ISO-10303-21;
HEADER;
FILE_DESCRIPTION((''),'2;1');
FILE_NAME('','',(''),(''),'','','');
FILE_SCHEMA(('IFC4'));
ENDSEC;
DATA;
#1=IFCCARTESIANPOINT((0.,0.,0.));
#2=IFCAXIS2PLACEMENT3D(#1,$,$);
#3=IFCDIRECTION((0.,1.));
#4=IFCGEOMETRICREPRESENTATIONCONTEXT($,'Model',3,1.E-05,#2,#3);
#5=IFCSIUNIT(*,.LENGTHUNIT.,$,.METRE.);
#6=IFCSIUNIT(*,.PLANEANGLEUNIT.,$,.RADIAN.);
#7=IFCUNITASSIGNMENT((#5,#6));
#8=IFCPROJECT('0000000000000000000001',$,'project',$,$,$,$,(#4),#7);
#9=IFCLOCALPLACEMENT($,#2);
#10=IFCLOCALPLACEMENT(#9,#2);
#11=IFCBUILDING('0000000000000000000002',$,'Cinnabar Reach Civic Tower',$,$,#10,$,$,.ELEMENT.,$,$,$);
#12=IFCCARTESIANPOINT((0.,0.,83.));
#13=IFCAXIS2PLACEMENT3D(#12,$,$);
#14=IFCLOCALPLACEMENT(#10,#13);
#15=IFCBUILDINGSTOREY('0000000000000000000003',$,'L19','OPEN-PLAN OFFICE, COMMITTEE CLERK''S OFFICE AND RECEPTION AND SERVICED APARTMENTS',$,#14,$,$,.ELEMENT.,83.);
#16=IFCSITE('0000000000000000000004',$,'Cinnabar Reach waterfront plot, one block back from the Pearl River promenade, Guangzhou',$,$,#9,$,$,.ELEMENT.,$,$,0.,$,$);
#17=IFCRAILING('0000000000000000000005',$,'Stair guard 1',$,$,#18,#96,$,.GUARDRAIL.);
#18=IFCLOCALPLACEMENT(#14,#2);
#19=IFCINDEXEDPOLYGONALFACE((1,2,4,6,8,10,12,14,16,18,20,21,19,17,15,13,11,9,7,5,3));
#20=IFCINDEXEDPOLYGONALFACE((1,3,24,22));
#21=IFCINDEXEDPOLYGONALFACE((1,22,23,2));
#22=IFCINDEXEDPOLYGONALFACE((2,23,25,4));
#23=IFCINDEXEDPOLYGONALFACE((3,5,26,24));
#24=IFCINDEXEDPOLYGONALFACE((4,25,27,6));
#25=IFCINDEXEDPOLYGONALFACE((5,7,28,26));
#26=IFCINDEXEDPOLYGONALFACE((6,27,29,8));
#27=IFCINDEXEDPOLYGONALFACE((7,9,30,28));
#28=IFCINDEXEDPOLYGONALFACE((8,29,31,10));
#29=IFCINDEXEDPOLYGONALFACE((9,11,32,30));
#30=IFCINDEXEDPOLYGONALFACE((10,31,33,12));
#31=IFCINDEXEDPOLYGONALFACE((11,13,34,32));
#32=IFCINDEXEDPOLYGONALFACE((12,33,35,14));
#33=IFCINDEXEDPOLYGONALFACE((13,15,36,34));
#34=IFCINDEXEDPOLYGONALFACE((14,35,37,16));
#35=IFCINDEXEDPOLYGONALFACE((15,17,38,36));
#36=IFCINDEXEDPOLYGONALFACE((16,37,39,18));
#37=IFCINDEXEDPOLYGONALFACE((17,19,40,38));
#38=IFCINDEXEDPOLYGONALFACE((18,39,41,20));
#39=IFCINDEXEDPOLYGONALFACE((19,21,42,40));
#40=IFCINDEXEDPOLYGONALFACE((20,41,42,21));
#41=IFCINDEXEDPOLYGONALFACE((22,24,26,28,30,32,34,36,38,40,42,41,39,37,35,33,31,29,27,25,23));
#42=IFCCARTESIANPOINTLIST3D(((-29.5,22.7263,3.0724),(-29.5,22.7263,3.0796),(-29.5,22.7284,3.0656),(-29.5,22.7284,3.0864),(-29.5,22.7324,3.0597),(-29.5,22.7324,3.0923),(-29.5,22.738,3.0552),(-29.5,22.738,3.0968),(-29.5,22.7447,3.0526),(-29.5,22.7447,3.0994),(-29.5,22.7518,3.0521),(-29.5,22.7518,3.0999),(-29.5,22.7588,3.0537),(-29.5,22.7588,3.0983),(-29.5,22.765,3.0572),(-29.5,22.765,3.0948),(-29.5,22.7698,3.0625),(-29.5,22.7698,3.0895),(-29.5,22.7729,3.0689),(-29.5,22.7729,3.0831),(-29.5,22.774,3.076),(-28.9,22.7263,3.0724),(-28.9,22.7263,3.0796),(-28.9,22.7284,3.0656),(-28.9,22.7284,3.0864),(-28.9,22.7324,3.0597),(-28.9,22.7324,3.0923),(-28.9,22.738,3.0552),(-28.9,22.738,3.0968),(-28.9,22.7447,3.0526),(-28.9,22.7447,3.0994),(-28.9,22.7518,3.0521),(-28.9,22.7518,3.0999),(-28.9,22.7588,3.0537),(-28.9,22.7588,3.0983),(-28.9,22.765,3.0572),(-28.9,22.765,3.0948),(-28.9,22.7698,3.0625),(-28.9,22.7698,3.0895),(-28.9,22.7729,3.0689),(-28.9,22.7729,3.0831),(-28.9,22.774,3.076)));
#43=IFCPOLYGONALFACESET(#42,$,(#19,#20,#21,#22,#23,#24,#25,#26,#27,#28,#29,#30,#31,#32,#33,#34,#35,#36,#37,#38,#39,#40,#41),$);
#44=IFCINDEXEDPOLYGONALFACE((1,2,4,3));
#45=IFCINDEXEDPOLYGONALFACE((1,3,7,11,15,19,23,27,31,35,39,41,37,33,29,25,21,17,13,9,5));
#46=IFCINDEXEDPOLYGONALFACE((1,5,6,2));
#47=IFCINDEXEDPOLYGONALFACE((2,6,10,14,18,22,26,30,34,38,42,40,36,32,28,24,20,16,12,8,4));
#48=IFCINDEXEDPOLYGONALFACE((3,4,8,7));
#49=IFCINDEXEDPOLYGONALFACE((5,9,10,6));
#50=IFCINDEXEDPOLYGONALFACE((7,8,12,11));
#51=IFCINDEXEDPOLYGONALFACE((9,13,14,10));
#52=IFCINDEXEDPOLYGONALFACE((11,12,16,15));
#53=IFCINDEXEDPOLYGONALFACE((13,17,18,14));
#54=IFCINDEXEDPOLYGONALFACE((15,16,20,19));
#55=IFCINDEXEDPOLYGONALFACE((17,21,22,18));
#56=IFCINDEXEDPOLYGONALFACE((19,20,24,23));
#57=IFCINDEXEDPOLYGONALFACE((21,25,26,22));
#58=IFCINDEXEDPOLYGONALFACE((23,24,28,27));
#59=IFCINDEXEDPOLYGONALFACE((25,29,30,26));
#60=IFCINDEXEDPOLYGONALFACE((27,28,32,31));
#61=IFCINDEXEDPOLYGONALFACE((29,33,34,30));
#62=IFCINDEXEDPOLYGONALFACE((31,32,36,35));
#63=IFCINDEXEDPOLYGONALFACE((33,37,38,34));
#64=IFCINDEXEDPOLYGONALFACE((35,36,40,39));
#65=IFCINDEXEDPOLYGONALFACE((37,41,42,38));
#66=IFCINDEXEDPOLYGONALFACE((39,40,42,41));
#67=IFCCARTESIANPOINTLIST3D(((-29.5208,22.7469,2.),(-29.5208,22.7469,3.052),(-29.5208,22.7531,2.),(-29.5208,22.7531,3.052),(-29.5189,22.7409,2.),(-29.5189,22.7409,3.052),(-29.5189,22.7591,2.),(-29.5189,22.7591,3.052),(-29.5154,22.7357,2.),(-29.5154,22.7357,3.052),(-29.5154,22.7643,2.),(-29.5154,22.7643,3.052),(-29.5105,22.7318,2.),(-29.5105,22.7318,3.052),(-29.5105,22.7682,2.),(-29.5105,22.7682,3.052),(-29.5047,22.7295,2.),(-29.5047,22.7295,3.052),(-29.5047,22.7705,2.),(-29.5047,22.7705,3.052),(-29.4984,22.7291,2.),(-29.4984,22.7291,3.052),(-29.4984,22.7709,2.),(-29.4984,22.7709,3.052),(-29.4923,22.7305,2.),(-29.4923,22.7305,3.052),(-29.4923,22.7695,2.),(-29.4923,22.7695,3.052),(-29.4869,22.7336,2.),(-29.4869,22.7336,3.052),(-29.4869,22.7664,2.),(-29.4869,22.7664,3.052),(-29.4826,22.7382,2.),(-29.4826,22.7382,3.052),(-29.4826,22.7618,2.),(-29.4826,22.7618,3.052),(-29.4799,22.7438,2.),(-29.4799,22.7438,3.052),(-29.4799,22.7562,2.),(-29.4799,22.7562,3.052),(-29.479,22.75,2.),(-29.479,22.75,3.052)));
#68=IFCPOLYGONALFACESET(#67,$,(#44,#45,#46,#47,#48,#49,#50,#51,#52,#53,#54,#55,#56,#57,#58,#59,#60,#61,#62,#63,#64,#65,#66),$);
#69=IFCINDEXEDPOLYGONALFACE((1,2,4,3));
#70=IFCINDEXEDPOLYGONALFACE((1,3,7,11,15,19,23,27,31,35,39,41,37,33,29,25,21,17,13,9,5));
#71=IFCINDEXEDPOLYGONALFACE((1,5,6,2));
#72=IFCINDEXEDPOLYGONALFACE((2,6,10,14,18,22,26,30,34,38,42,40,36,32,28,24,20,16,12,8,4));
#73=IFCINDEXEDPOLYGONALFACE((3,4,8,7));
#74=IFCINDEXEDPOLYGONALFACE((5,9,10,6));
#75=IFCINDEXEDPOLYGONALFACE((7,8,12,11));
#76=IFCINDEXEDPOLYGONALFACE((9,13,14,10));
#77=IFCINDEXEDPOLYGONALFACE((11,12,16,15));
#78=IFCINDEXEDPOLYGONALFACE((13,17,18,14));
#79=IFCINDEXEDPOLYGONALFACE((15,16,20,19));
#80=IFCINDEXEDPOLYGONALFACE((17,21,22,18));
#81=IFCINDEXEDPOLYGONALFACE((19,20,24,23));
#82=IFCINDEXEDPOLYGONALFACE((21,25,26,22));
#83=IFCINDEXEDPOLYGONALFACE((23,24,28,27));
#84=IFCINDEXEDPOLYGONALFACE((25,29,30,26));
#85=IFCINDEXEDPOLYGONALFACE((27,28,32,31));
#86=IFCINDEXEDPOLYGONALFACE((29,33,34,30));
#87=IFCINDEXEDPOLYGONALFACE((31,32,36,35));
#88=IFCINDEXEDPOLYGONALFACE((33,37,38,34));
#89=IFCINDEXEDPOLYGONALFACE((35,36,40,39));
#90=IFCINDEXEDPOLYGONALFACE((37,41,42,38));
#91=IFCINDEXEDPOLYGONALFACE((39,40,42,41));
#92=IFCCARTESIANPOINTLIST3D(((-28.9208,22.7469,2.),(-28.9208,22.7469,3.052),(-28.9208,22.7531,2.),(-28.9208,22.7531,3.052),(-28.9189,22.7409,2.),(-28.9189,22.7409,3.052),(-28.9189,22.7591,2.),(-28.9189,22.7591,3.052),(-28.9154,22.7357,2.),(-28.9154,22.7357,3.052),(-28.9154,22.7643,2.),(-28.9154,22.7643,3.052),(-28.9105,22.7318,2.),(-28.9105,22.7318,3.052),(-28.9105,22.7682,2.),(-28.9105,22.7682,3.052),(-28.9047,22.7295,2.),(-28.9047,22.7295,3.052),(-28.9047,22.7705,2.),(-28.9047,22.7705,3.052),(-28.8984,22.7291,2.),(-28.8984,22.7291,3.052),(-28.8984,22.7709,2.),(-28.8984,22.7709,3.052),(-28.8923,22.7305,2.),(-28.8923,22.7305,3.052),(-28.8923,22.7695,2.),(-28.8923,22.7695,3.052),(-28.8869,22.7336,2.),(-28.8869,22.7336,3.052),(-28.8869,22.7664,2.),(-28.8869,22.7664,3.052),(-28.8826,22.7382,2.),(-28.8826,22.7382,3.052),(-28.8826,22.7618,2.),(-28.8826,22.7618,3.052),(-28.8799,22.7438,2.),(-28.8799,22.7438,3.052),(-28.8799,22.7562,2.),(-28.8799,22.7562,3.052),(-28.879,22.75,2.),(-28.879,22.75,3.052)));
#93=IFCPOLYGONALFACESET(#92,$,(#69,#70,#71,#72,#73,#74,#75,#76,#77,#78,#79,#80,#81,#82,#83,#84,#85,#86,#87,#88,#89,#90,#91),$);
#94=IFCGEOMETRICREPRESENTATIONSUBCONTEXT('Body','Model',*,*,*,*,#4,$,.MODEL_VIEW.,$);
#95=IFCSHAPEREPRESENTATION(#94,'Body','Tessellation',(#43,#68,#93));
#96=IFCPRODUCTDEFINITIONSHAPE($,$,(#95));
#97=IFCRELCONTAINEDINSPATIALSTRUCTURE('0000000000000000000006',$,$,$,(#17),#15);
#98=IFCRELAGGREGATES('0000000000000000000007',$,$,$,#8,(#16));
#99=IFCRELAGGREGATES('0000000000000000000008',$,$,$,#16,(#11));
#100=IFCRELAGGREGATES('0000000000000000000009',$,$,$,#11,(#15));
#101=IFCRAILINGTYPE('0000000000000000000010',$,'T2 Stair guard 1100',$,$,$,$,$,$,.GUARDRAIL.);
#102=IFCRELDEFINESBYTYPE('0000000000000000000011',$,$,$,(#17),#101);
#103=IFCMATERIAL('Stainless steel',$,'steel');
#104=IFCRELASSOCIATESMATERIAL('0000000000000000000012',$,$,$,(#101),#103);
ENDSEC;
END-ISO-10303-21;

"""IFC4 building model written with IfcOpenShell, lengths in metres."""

from ifc_helpers import new_model, si_unit, direction, frame, origin, origin_2d, place, context, subcontext, project, spatial, circle, extrude, material, type_object, element, save


model = new_model("IFC4")

# Units and contexts
model_context = context("Model", 3, precision=1e-05, world=origin(), true_north=direction((0.0, 1.0)))
body_context = subcontext(model_context, "Body", "Model", "MODEL_VIEW")
ifc_project = project(units=[si_unit("LENGTHUNIT", "METRE"), si_unit("PLANEANGLEUNIT", "RADIAN")], contexts=[model_context])

# Site, building, storey
site_placement = place(None, origin())
site = spatial("IfcSite", under=ifc_project, at=site_placement, Name="Cinnabar Reach waterfront plot, one block back from the Pearl River promenade, Guangzhou", CompositionType="ELEMENT", RefElevation=0.0)
building_placement = place(site_placement, origin())
building = spatial("IfcBuilding", under=site, at=building_placement, Name="Cinnabar Reach Civic Tower", CompositionType="ELEMENT")
storey_placement = place(building_placement, frame((0.0, 0.0, 83.0)))
storey = spatial("IfcBuildingStorey", under=building, at=storey_placement, Name="L19", Description="OPEN-PLAN OFFICE, COMMITTEE CLERK'S OFFICE AND RECEPTION AND SERVICED APARTMENTS", CompositionType="ELEMENT", Elevation=83.0)

# Railing
ifc_material_1 = material(Name="Stainless steel", Category="steel")
railing_type = type_object("IfcRailingType", Name="T2 Stair guard 1100", PredefinedType="GUARDRAIL", material=ifc_material_1)
railing_1_placement = place(storey_placement, frame((-29.5, 22.75, 2.0)))
element("IfcRailing", 1, at=railing_1_placement, inside=storey, type_object=railing_type, Name="Stair guard 1", PredefinedType="GUARDRAIL", context=body_context, shape_type="SweptSolid", body=[
    extrude(circle(Radius=0.024, at=origin_2d()), frame((0.0, 0.0, 1.076), z_axis=(1.0, 0.0, 0.0), x_axis=(0.0, 1.0, 0.0)), (0.0, 0.0, 1.0), 0.6),
    extrude(circle(Radius=0.021, at=origin_2d()), origin(), (0.0, 0.0, 1.0), 1.052),
    extrude(circle(Radius=0.021, at=origin_2d()), frame((0.6, 0.0, 0.0)), (0.0, 0.0, 1.0), 1.052),
])

save(model, "model.ifc")
